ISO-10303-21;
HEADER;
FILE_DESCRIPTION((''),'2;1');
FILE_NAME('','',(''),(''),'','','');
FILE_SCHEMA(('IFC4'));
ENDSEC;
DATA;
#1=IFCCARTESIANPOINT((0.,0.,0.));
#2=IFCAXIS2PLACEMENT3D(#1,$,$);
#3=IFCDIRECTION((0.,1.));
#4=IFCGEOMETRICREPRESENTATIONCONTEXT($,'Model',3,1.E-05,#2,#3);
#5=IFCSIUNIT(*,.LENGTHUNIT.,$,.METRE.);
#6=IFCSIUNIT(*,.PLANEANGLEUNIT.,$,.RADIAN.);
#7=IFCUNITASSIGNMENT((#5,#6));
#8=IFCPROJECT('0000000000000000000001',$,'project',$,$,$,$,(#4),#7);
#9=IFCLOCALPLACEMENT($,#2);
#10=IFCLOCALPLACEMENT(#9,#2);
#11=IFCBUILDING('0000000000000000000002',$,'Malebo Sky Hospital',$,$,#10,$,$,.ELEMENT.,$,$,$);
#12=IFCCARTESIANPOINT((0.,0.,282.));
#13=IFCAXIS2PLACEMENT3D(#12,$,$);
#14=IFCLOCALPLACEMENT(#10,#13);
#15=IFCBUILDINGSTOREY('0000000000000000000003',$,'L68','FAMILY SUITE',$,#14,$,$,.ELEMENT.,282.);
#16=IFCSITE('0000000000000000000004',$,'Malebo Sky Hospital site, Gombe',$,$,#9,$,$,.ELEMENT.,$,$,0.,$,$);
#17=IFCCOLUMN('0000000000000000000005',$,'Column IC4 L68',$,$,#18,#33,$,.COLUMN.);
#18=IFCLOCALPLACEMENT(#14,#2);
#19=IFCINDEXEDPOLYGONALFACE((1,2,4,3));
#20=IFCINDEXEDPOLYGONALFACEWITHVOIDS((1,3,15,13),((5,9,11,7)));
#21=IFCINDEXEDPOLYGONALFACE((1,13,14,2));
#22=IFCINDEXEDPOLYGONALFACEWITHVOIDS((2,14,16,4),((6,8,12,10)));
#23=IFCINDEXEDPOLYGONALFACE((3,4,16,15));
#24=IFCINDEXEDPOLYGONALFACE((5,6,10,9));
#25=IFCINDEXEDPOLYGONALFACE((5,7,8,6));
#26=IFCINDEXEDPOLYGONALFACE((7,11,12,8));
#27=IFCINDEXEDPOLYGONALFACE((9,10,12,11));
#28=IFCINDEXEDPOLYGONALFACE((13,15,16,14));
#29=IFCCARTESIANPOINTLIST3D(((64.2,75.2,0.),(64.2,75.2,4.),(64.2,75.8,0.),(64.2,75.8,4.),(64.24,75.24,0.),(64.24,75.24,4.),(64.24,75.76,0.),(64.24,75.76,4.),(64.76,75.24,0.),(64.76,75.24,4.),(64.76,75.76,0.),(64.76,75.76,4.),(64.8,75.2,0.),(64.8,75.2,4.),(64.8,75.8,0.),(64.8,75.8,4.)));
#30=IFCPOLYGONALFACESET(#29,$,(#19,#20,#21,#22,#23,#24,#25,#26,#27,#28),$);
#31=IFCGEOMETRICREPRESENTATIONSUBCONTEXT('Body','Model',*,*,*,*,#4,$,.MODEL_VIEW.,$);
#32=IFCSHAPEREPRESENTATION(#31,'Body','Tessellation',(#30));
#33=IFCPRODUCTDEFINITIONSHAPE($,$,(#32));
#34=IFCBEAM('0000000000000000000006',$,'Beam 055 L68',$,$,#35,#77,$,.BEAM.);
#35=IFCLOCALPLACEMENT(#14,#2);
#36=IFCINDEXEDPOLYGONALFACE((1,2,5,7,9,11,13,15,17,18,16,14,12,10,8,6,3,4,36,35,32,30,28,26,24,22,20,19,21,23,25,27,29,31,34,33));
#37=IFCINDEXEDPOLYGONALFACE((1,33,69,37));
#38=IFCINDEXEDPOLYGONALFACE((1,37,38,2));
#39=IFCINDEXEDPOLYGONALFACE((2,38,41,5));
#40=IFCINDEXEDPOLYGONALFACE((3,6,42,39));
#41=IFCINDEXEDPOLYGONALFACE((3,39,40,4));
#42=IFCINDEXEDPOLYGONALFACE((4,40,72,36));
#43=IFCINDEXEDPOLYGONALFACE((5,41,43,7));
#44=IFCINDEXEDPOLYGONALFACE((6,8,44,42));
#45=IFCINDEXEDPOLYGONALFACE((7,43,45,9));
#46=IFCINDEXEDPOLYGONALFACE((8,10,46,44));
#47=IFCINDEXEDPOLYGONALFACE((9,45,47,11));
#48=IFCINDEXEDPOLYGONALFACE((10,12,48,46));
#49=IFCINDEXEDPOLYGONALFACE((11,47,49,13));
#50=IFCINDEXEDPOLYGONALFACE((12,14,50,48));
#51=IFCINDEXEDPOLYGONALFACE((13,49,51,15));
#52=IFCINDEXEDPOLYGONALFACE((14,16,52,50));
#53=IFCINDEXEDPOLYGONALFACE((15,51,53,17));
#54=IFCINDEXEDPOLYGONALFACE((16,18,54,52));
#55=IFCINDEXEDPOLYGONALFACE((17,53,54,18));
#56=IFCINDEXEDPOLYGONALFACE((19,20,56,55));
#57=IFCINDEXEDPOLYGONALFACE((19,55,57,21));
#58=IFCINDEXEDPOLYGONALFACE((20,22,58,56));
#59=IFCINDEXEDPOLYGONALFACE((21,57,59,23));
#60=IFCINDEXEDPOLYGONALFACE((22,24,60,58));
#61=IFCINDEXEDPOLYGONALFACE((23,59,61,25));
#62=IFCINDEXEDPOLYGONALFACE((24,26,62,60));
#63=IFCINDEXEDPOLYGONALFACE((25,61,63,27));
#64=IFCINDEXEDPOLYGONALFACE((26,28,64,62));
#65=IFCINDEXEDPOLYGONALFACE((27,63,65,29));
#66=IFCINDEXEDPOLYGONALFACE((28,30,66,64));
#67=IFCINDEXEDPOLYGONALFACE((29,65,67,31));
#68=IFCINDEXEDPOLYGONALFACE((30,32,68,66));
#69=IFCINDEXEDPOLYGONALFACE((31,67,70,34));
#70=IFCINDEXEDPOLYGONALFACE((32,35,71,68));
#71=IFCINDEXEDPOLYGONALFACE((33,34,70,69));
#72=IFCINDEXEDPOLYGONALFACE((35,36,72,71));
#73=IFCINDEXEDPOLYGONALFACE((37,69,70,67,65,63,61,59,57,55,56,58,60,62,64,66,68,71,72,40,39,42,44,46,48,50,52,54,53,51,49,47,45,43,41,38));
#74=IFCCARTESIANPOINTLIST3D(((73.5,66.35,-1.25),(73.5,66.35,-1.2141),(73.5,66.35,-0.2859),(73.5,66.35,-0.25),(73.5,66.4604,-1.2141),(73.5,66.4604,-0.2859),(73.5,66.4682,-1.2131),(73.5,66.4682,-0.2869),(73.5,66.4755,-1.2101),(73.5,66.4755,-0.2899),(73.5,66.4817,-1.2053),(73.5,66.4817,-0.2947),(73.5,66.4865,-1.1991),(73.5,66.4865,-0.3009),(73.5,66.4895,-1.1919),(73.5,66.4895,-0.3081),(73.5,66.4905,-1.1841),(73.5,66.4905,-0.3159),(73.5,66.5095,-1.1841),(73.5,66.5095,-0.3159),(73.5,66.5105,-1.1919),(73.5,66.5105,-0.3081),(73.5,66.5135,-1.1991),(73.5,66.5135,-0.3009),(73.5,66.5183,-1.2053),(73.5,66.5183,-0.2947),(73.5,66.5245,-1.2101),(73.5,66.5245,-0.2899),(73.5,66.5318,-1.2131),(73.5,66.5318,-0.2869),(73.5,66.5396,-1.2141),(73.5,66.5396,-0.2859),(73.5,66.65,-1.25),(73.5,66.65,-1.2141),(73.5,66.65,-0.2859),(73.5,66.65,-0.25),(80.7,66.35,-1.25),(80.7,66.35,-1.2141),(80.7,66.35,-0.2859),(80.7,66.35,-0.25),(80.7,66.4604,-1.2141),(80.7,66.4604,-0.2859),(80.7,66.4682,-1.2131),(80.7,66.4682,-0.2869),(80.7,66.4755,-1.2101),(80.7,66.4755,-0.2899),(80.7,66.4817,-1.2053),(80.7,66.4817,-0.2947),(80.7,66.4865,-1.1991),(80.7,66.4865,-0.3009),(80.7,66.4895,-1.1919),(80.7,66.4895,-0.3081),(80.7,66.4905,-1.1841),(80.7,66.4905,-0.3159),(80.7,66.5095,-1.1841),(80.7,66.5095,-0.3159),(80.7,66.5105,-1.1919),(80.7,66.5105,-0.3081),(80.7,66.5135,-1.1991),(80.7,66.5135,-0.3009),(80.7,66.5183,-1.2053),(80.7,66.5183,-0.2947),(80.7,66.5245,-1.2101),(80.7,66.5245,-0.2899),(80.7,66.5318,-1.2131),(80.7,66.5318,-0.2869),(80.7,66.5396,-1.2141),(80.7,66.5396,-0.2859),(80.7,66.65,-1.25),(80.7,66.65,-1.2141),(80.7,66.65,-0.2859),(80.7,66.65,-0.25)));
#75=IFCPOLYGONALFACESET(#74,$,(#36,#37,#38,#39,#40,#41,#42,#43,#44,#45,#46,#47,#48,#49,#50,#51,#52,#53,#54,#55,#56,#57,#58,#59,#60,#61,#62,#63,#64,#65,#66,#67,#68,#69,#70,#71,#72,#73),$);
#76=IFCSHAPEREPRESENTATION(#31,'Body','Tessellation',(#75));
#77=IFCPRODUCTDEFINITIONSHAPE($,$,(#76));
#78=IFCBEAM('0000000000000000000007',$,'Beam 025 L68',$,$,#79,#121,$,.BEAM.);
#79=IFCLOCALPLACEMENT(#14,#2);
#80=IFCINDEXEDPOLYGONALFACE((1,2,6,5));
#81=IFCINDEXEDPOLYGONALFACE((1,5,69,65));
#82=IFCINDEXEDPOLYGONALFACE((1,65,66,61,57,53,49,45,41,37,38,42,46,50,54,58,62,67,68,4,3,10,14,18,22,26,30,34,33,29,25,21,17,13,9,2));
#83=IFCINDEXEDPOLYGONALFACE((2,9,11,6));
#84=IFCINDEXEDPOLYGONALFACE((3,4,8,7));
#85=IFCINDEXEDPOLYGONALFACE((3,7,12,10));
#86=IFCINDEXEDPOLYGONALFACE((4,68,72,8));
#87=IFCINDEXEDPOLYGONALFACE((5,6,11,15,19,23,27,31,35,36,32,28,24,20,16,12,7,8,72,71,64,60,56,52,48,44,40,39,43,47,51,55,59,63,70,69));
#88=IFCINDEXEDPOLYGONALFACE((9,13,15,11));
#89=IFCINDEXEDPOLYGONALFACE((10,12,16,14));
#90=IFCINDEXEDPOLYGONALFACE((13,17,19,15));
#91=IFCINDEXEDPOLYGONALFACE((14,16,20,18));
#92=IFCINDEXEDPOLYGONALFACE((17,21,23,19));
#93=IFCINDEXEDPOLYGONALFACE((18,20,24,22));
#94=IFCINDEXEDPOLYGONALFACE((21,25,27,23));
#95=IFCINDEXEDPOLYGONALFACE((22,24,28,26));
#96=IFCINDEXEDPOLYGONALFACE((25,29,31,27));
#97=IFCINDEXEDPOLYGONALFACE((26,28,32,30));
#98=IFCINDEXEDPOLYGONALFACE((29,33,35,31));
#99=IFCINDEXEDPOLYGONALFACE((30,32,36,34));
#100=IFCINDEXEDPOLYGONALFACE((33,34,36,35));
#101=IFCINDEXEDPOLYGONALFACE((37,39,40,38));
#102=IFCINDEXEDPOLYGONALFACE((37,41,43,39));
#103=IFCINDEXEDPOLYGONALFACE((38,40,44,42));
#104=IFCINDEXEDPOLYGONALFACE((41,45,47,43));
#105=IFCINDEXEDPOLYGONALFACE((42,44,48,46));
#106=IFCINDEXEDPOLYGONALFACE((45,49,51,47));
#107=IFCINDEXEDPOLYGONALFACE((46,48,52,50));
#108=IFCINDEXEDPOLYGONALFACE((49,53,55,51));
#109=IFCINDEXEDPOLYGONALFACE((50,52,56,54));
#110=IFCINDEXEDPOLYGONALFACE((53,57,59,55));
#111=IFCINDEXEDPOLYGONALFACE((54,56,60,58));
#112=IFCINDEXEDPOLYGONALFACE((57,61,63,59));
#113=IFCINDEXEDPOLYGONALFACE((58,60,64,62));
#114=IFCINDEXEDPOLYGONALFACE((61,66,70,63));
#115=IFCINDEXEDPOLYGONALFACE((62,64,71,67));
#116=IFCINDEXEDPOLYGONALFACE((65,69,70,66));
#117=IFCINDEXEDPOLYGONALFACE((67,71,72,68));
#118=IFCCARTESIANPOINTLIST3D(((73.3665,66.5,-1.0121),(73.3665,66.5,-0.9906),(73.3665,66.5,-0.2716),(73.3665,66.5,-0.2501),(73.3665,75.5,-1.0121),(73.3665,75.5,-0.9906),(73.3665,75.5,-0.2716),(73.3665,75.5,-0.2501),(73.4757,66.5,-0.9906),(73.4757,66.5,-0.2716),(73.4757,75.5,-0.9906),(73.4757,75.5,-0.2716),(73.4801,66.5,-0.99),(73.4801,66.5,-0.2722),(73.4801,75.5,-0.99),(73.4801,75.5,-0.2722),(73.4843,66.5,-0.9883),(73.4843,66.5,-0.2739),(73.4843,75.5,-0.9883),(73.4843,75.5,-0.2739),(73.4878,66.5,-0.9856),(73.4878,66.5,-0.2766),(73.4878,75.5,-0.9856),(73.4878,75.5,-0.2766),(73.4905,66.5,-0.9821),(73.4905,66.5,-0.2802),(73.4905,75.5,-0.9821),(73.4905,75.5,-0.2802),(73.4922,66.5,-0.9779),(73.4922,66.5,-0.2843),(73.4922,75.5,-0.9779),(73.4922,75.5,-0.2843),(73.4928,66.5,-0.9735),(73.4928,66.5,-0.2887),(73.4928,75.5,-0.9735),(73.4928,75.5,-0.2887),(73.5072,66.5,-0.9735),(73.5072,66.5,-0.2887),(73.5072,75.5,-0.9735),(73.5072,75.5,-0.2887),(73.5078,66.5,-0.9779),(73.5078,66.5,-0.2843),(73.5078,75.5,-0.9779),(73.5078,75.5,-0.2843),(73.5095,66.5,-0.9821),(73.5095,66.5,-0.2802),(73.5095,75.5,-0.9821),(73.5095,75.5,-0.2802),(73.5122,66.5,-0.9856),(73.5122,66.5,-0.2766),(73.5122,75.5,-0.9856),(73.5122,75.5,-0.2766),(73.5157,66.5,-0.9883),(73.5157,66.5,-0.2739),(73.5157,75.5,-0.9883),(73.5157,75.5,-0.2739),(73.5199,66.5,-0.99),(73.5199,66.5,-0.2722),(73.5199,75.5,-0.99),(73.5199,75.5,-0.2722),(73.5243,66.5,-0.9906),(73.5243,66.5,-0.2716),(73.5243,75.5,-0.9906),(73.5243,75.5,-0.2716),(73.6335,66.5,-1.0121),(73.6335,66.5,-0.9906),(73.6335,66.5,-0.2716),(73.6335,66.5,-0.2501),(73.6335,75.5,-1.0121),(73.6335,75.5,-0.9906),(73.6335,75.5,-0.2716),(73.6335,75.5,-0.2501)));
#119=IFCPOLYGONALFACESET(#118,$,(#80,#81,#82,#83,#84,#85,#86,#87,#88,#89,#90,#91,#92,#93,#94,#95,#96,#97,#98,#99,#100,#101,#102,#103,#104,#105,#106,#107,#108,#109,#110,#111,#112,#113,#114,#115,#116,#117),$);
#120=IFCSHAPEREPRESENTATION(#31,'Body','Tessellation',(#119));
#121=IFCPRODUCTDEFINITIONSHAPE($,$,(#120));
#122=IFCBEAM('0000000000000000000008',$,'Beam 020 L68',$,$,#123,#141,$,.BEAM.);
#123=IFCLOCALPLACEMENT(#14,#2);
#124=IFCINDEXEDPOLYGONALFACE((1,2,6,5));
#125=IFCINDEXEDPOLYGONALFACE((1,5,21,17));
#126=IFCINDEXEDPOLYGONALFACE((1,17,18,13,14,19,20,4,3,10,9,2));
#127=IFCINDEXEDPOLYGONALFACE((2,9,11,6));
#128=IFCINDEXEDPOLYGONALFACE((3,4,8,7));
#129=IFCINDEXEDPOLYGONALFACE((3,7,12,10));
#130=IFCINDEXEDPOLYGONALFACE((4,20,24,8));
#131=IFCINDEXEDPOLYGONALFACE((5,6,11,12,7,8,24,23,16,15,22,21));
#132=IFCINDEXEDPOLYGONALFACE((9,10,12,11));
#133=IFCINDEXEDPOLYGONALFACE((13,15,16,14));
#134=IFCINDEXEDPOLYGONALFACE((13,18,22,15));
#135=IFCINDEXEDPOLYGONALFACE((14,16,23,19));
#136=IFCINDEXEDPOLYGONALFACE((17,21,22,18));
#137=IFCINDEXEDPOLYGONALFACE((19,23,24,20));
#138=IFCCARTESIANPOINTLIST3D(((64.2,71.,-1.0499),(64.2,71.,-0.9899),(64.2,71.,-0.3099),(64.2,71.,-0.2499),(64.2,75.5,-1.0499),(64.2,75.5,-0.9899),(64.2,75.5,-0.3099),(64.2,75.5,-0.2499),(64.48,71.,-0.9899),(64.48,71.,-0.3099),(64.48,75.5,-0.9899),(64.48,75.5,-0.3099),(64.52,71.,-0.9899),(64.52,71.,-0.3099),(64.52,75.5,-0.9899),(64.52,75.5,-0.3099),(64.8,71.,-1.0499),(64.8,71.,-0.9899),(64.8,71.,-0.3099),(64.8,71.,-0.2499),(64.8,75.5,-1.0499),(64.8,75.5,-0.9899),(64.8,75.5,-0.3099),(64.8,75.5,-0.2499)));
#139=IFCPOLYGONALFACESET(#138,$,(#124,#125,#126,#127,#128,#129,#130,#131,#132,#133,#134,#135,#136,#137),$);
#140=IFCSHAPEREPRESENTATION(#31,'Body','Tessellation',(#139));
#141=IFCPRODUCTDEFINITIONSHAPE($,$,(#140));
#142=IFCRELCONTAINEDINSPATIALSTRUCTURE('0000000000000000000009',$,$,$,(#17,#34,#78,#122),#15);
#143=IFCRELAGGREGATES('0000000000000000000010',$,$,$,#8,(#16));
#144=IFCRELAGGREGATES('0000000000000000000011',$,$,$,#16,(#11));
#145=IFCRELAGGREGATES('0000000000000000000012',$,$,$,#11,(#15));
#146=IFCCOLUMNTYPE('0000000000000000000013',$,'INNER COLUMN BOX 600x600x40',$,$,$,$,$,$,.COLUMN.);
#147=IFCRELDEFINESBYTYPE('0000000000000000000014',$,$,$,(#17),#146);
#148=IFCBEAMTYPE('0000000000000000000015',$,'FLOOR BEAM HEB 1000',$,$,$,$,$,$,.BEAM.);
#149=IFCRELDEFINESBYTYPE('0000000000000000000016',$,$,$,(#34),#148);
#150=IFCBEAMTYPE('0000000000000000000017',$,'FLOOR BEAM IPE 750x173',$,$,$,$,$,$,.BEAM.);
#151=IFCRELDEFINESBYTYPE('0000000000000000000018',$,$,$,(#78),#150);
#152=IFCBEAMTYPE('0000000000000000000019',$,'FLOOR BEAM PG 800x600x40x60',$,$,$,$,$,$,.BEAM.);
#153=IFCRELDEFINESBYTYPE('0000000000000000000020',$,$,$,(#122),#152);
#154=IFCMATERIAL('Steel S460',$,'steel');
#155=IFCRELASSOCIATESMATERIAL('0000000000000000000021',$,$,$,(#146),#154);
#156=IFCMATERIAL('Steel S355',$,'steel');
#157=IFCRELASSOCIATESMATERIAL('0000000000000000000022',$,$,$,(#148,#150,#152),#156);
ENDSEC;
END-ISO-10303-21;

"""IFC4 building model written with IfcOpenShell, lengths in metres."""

from ifc_helpers import new_model, si_unit, direction, frame, origin, origin_2d, place, context, subcontext, project, spatial, hollow_rectangle, i_section, extrude, material, material_profile, profile_set, type_object, element, save


model = new_model("IFC4")

# Units and contexts
model_context = context("Model", 3, precision=1e-05, world=origin(), true_north=direction((0.0, 1.0)))
body_context = subcontext(model_context, "Body", "Model", "MODEL_VIEW")
ifc_project = project(units=[si_unit("LENGTHUNIT", "METRE"), si_unit("PLANEANGLEUNIT", "RADIAN")], contexts=[model_context])

# Site, building, storey
site_placement = place(None, origin())
site = spatial("IfcSite", under=ifc_project, at=site_placement, Name="Malebo Sky Hospital site, Gombe", CompositionType="ELEMENT", RefElevation=0.0)
building_placement = place(site_placement, origin())
building = spatial("IfcBuilding", under=site, at=building_placement, Name="Malebo Sky Hospital", CompositionType="ELEMENT")
storey_placement = place(building_placement, frame((0.0, 0.0, 282.0)))
storey = spatial("IfcBuildingStorey", under=building, at=storey_placement, Name="L68", Description="FAMILY SUITE", CompositionType="ELEMENT", Elevation=282.0)

# Column
ifc_material_1 = material(Name="Steel S460", Category="steel")
ifc_material_profile_1 = material_profile(ifc_material_1, hollow_rectangle(XDim=0.6001, YDim=0.6001, WallThickness=0.04, at=origin_2d()), Name="BOX 600x600x40")
ifc_profile_set_1 = profile_set([ifc_material_profile_1], Name="Steel S460")
column_type = type_object("IfcColumnType", Name="INNER COLUMN BOX 600x600x40", PredefinedType="COLUMN", material=ifc_profile_set_1)
column_placement = place(storey_placement, frame((64.5, 75.5, 0.0), z_axis=(0.0, 0.0, 1.0), x_axis=(1.0, 0.0, 0.0)))
element("IfcColumn", 1, at=column_placement, inside=storey, type_object=column_type, Name="Column IC4 L68", PredefinedType="COLUMN", context=body_context, shape_type="SweptSolid", body=[
    extrude(hollow_rectangle(XDim=0.6001, YDim=0.6001, WallThickness=0.04, at=origin_2d()), origin(), (0.0, 0.0, 1.0), 4.0),
])

# Beams
ifc_material_2 = material(Name="Steel S355", Category="steel")
ifc_material_profile_2 = material_profile(ifc_material_2, i_section(OverallWidth=0.3, OverallDepth=1.0, WebThickness=0.019, FlangeThickness=0.0359, FilletRadius=0.03, at=origin_2d()), Name="HEB 1000")
ifc_profile_set_2 = profile_set([ifc_material_profile_2], Name="Steel S355")
beam_type_1 = type_object("IfcBeamType", Name="FLOOR BEAM HEB 1000", PredefinedType="BEAM", material=ifc_profile_set_2)
beam_1_placement = place(storey_placement, frame((73.5, 66.5, -0.75), z_axis=(1.0, 0.0, 0.0), x_axis=(0.0, 1.0, 0.0)))
element("IfcBeam", 2, at=beam_1_placement, inside=storey, type_object=beam_type_1, Name="Beam 055 L68", PredefinedType="BEAM", context=body_context, shape_type="SweptSolid", body=[
    extrude(i_section(OverallWidth=0.3, OverallDepth=1.0, WebThickness=0.019, FlangeThickness=0.0359, FilletRadius=0.03, at=origin_2d()), origin(), (0.0, 0.0, 1.0), 7.2),
])
ifc_material_profile_3 = material_profile(ifc_material_2, i_section(OverallWidth=0.2671, OverallDepth=0.762, WebThickness=0.0144, FlangeThickness=0.0215, FilletRadius=0.0171, at=origin_2d()), Name="IPE 750x173")
ifc_profile_set_3 = profile_set([ifc_material_profile_3], Name="Steel S355")
beam_type_2 = type_object("IfcBeamType", Name="FLOOR BEAM IPE 750x173", PredefinedType="BEAM", material=ifc_profile_set_3)
beam_2_placement = place(storey_placement, frame((73.5, 66.5, -0.6311), z_axis=(0.0, 1.0, 0.0), x_axis=(-1.0, 0.0, 0.0)))
element("IfcBeam", 3, at=beam_2_placement, inside=storey, type_object=beam_type_2, Name="Beam 025 L68", PredefinedType="BEAM", context=body_context, shape_type="SweptSolid", body=[
    extrude(i_section(OverallWidth=0.2671, OverallDepth=0.762, WebThickness=0.0144, FlangeThickness=0.0215, FilletRadius=0.0171, at=origin_2d()), origin(), (0.0, 0.0, 1.0), 9.0),
])
ifc_material_profile_4 = material_profile(ifc_material_2, i_section(OverallWidth=0.6001, OverallDepth=0.8, WebThickness=0.04, FlangeThickness=0.0601, at=origin_2d()), Name="PG 800x600x40x60")
ifc_profile_set_4 = profile_set([ifc_material_profile_4], Name="Steel S355")
beam_type_3 = type_object("IfcBeamType", Name="FLOOR BEAM PG 800x600x40x60", PredefinedType="BEAM", material=ifc_profile_set_4)
beam_3_placement = place(storey_placement, frame((64.5, 71.0, -0.6499), z_axis=(0.0, 1.0, 0.0), x_axis=(-1.0, 0.0, 0.0)))
element("IfcBeam", 4, at=beam_3_placement, inside=storey, type_object=beam_type_3, Name="Beam 020 L68", PredefinedType="BEAM", context=body_context, shape_type="SweptSolid", body=[
    extrude(i_section(OverallWidth=0.6001, OverallDepth=0.8, WebThickness=0.04, FlangeThickness=0.0601, at=origin_2d()), origin(), (0.0, 0.0, 1.0), 4.5),
])

save(model, "model.ifc")
